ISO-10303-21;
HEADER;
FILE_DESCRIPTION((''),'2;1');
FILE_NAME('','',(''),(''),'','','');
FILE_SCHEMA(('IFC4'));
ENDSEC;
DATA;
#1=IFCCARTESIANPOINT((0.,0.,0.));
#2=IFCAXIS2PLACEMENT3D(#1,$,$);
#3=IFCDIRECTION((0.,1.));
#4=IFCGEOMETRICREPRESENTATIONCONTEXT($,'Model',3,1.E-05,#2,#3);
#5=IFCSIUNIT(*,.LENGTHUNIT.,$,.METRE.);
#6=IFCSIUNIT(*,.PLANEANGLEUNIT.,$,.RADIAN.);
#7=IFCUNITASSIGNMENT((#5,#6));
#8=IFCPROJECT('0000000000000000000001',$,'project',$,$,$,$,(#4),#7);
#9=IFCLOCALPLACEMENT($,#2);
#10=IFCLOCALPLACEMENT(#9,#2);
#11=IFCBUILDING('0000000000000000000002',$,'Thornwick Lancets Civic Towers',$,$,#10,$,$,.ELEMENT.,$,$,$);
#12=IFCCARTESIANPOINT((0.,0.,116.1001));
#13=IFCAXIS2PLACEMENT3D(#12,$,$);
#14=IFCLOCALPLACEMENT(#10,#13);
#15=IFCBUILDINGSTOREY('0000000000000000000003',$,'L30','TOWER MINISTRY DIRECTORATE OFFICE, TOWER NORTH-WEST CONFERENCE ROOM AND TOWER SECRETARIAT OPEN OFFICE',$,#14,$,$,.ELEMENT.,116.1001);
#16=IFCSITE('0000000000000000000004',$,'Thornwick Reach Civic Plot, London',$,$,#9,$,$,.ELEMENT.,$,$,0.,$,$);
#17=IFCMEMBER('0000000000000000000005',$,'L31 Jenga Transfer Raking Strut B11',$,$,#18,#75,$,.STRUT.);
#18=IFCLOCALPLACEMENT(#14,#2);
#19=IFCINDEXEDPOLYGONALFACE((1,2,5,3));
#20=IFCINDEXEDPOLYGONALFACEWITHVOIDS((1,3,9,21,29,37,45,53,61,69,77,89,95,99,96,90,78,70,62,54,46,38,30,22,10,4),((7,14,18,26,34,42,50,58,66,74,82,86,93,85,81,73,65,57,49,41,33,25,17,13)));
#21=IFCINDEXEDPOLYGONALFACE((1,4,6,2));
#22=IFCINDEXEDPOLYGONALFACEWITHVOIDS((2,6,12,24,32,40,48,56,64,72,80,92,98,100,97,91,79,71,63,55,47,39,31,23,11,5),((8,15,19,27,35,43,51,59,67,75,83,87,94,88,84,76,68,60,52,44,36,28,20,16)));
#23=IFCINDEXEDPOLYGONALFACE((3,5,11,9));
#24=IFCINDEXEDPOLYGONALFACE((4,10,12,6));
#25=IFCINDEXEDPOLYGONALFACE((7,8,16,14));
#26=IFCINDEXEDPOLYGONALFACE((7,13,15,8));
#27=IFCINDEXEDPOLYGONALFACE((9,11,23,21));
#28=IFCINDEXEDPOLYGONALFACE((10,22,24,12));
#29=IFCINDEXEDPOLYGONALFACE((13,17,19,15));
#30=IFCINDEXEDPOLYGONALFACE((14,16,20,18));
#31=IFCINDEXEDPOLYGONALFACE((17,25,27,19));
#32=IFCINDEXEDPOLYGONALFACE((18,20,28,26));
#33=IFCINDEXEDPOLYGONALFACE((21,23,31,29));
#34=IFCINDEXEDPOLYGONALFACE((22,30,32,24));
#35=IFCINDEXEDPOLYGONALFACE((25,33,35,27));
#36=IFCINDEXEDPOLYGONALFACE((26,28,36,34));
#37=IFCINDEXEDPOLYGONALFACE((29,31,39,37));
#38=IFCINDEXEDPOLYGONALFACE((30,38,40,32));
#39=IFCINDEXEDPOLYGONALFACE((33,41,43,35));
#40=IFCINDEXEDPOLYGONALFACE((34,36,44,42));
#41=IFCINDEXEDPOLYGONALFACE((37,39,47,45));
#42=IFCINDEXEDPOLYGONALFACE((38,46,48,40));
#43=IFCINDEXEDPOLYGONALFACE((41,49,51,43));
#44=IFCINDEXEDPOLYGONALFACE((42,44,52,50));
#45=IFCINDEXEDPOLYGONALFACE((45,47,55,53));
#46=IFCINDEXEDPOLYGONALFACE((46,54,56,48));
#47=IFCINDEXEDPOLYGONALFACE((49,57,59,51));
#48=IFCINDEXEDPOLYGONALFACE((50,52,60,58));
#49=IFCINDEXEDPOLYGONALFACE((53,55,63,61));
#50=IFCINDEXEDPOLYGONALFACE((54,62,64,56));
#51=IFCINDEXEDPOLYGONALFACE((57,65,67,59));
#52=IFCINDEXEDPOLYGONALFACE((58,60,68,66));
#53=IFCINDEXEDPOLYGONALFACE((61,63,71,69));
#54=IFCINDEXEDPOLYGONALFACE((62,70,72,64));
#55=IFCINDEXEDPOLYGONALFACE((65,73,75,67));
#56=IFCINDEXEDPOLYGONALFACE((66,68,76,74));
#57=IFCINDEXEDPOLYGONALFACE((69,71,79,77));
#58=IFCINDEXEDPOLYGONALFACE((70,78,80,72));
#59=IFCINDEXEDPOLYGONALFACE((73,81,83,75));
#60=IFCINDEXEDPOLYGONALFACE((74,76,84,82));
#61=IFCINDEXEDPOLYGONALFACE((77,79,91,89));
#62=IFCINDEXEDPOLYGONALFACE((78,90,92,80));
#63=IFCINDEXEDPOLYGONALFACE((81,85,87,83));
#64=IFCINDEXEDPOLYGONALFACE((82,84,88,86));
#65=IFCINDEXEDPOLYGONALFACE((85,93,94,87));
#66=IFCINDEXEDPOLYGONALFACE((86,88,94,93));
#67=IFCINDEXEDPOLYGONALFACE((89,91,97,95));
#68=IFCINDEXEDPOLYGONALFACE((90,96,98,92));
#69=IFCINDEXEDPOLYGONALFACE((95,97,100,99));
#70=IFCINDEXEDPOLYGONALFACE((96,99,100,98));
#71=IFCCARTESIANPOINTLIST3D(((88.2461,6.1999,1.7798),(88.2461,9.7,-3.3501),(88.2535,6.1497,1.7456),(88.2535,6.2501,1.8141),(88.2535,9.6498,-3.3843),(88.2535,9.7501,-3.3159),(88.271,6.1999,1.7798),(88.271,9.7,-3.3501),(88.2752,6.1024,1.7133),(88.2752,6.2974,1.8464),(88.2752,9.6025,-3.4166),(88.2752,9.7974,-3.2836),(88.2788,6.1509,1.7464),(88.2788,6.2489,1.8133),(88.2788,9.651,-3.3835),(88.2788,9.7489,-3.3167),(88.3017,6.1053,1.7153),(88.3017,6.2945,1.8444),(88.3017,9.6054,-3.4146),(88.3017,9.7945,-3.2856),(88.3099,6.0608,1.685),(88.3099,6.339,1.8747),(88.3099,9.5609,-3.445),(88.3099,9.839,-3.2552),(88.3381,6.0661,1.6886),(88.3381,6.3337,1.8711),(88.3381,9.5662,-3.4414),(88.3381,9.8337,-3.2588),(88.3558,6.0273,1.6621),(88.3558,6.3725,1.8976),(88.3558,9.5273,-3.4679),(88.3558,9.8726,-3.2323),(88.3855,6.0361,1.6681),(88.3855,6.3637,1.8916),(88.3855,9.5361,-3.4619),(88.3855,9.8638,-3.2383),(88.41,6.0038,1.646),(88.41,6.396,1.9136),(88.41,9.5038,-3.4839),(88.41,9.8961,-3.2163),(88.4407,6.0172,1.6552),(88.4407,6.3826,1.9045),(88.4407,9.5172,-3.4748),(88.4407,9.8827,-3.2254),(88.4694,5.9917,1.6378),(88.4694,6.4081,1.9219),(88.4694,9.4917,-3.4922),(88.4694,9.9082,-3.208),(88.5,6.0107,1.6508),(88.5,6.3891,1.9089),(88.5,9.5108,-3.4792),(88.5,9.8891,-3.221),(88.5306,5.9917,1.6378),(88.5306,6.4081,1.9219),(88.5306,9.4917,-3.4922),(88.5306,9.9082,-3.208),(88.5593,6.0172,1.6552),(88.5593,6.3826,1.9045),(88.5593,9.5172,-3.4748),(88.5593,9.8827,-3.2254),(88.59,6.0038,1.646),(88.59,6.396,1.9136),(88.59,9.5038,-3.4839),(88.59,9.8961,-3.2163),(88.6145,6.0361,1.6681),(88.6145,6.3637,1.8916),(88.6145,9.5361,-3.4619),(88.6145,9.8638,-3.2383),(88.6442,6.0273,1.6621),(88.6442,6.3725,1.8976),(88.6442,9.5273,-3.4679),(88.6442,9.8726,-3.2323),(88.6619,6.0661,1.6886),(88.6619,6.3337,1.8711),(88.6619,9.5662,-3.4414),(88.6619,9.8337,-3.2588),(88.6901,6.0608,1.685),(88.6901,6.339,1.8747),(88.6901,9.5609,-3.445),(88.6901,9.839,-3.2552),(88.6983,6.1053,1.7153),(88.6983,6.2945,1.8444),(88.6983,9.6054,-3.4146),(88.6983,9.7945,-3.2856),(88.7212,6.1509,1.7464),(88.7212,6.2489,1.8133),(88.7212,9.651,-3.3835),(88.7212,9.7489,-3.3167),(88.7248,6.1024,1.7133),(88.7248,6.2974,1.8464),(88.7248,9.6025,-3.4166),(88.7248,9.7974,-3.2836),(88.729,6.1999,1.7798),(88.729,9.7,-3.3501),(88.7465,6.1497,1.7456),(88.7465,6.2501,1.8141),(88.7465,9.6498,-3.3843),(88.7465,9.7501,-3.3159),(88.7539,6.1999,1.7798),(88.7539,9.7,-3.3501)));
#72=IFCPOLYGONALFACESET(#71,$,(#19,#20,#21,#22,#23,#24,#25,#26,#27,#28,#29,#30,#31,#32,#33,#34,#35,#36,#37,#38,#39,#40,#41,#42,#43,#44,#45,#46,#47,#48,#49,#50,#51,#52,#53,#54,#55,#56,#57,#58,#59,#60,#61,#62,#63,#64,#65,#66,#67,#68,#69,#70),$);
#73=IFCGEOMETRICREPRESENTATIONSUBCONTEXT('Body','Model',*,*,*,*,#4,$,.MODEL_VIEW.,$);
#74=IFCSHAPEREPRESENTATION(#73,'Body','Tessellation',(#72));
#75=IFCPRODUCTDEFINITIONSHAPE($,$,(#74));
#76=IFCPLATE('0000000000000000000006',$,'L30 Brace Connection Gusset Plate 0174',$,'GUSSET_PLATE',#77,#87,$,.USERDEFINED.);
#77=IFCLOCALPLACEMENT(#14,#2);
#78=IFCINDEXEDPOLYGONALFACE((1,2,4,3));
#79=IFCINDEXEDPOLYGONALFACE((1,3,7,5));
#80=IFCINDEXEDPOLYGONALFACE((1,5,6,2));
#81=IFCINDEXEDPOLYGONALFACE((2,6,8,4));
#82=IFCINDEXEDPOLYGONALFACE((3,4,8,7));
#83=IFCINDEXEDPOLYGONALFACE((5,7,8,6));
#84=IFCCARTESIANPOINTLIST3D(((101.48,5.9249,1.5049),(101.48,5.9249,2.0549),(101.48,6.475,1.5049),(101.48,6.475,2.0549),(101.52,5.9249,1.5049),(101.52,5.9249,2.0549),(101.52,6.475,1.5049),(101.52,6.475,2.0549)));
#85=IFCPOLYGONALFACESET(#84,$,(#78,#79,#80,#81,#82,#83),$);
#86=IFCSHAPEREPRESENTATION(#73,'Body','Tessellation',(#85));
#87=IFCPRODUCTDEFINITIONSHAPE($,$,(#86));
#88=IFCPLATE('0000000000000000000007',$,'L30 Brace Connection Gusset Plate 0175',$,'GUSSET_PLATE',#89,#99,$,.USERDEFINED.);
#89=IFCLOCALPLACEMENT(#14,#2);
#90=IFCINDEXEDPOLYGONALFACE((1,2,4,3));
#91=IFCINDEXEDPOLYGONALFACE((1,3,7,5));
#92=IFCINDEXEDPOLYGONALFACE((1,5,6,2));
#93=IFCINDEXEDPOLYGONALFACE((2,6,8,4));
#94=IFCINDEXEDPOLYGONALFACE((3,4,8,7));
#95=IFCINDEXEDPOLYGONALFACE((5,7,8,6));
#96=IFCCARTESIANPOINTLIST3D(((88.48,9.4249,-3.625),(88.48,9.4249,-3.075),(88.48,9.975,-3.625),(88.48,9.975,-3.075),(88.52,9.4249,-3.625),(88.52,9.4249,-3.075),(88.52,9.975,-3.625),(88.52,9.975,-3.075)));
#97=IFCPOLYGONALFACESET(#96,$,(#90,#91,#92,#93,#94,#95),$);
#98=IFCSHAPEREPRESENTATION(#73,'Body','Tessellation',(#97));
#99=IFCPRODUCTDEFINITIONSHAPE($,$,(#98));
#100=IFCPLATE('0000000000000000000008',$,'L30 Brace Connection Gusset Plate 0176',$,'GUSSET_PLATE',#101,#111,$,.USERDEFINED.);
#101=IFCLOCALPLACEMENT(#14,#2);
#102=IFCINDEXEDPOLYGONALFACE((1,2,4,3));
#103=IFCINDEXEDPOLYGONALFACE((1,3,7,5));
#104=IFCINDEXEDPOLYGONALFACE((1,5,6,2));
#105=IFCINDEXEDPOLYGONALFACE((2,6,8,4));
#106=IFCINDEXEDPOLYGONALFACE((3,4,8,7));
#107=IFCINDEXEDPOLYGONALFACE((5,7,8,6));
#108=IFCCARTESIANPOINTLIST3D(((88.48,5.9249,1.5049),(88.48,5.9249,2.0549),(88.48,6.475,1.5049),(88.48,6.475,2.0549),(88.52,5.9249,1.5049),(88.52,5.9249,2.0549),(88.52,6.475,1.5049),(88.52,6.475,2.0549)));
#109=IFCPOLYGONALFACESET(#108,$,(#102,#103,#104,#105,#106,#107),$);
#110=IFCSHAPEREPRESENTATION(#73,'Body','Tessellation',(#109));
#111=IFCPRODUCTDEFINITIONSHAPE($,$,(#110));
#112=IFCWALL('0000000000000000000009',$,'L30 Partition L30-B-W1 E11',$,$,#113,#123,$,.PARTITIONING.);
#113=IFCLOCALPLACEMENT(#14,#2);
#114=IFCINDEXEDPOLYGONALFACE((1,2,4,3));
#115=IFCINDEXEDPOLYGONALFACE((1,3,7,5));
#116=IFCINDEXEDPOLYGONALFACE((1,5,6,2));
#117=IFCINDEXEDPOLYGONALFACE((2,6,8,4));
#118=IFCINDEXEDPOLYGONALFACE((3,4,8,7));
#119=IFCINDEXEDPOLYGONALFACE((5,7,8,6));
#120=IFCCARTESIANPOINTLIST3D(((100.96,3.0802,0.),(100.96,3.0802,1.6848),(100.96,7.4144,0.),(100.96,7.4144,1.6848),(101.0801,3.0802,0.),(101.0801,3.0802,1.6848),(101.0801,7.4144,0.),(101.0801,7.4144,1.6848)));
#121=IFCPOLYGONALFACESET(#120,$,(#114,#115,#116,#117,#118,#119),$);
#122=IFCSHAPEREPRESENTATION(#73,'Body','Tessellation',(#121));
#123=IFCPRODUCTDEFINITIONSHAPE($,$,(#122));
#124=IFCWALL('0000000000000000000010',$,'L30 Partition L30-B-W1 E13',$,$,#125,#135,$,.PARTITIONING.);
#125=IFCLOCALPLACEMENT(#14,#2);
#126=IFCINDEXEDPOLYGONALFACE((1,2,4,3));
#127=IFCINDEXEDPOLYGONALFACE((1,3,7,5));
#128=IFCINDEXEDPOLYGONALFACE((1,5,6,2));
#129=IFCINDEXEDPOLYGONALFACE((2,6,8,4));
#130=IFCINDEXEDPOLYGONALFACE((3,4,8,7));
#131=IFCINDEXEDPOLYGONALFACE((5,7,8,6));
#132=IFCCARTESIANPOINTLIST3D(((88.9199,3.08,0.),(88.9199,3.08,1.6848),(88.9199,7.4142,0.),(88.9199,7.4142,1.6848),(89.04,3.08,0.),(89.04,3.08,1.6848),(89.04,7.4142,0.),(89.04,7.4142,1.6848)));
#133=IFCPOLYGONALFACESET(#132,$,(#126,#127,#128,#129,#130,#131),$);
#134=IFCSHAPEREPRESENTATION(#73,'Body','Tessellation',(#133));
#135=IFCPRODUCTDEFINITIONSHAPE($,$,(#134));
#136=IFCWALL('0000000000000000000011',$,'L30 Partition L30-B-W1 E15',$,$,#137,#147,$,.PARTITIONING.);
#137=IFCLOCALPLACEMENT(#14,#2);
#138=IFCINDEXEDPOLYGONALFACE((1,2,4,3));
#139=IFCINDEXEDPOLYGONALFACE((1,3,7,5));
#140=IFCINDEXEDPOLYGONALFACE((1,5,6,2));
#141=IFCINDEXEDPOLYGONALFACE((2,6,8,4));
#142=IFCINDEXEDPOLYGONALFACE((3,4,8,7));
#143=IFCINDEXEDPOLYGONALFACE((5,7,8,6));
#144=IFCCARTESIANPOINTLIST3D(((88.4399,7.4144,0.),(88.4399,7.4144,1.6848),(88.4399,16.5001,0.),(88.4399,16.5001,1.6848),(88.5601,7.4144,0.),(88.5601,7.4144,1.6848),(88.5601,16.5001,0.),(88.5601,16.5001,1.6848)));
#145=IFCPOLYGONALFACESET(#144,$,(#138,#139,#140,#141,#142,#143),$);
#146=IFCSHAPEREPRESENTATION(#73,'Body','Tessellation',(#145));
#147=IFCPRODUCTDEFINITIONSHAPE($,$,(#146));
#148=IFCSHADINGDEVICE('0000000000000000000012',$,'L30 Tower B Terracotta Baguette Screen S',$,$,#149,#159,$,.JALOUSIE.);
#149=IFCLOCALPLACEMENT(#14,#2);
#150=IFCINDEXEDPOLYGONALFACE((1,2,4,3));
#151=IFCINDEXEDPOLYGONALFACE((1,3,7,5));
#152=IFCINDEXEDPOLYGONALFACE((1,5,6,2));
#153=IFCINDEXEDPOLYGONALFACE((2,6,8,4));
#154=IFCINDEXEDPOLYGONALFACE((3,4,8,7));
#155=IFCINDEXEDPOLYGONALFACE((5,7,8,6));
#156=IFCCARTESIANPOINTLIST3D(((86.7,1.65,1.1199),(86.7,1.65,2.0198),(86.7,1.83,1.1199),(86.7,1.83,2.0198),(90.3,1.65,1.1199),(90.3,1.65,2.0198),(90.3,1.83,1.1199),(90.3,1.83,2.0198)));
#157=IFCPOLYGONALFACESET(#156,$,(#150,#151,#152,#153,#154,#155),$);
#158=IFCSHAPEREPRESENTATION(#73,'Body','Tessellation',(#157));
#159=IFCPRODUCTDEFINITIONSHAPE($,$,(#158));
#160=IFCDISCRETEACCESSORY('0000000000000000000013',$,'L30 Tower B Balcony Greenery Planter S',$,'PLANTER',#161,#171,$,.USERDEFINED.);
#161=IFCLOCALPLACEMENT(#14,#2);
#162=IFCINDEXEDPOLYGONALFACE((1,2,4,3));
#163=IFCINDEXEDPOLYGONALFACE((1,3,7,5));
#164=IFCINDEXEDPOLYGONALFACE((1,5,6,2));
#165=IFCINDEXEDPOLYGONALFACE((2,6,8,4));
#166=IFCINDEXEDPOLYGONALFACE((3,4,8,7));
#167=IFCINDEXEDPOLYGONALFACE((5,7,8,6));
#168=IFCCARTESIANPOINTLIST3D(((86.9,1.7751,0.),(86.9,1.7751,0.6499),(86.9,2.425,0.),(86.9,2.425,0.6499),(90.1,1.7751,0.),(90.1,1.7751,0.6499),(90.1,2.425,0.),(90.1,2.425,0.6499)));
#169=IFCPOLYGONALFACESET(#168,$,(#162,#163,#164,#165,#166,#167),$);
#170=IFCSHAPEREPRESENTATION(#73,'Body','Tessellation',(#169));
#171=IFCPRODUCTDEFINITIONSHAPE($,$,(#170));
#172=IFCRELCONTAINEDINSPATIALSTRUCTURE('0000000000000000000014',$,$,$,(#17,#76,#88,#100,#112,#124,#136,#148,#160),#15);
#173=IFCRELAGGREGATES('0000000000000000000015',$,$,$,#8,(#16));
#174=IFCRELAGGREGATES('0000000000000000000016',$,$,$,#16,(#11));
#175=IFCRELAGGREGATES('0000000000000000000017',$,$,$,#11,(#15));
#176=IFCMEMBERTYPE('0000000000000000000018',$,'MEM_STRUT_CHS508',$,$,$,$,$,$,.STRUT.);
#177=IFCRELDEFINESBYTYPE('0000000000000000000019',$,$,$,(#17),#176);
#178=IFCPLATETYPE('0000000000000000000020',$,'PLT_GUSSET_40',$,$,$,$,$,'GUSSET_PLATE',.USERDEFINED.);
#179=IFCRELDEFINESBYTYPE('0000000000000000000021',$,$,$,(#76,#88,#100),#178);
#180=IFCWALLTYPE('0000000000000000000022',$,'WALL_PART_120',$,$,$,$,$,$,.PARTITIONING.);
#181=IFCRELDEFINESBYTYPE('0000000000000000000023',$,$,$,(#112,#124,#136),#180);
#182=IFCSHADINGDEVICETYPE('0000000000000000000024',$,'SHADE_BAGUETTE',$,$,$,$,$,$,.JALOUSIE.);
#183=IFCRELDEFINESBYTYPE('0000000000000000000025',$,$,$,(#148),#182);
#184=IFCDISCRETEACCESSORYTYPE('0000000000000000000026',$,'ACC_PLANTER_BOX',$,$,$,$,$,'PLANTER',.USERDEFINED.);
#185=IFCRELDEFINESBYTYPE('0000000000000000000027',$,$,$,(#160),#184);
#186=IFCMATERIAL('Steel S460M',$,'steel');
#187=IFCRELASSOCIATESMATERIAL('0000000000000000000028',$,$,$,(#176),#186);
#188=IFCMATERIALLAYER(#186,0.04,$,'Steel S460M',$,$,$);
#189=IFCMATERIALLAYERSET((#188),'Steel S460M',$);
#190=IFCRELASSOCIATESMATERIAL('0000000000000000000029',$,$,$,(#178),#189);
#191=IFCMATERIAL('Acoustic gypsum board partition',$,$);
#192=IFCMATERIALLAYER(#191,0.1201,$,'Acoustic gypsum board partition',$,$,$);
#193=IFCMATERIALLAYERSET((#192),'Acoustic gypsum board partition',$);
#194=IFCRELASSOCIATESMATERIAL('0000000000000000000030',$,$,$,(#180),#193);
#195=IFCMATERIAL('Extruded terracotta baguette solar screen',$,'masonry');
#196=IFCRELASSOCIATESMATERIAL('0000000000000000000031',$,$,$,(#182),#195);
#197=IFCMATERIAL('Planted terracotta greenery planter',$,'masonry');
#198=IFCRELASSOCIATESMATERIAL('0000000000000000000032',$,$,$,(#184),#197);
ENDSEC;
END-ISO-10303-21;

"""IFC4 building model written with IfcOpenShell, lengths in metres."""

from ifc_helpers import new_model, si_unit, direction, frame, frame_2d, origin, origin_2d, place, context, subcontext, project, spatial, rectangle, hollow_circle, extrude, material, layer, layer_set, material_profile, profile_set, type_object, element, save


model = new_model("IFC4")

# Units and contexts
model_context = context("Model", 3, precision=1e-05, world=origin(), true_north=direction((0.0, 1.0)))
body_context = subcontext(model_context, "Body", "Model", "MODEL_VIEW")
ifc_project = project(units=[si_unit("LENGTHUNIT", "METRE"), si_unit("PLANEANGLEUNIT", "RADIAN")], contexts=[model_context])

# Site, building, storey
site_placement = place(None, origin())
site = spatial("IfcSite", under=ifc_project, at=site_placement, Name="Thornwick Reach Civic Plot, London", CompositionType="ELEMENT", RefElevation=0.0)
building_placement = place(site_placement, origin())
building = spatial("IfcBuilding", under=site, at=building_placement, Name="Thornwick Lancets Civic Towers", CompositionType="ELEMENT")
storey_placement = place(building_placement, frame((0.0, 0.0, 116.1001)))
storey = spatial("IfcBuildingStorey", under=building, at=storey_placement, Name="L30", Description="TOWER MINISTRY DIRECTORATE OFFICE, TOWER NORTH-WEST CONFERENCE ROOM AND TOWER SECRETARIAT OPEN OFFICE", CompositionType="ELEMENT", Elevation=116.1001)

# Shared definitions
ifc_material_1 = material(Name="Steel S460M", Category="steel")

# Member
ifc_material_profile_1 = material_profile(ifc_material_1, hollow_circle(Radius=0.2539, WallThickness=0.0249, at=origin_2d()), Name="CHS 508x25")
ifc_profile_set_1 = profile_set([ifc_material_profile_1], Name="Steel S460M")
member_type = type_object("IfcMemberType", Name="MEM_STRUT_CHS508", PredefinedType="STRUT", material=ifc_profile_set_1)
member_placement = place(storey_placement, frame((88.5, 9.7, -3.3501), z_axis=(0.0, -0.563595, 0.826051), x_axis=(1.0, 0.0, 0.0)))
element("IfcMember", 1, at=member_placement, inside=storey, type_object=member_type, Name="L31 Jenga Transfer Raking Strut B11", PredefinedType="STRUT", context=body_context, shape_type="SweptSolid", body=[
    extrude(hollow_circle(Radius=0.2539, WallThickness=0.0249, at=origin_2d()), origin(), (0.0, 0.0, 1.0), 6.2102),
])

# Plates
ifc_layer_1 = layer(ifc_material_1, 0.04, Name="Steel S460M")
ifc_layer_set_1 = layer_set([ifc_layer_1], Name="Steel S460M")
plate_type = type_object("IfcPlateType", Name="PLT_GUSSET_40", ElementType="GUSSET_PLATE", PredefinedType="USERDEFINED", material=ifc_layer_set_1)
for number, where, z_axis, x_axis, name in (
    (2, (101.5, 6.2, 1.5049), (0.0, 0.0, 1.0), (0.0, -1.0, 0.0), "L30 Brace Connection Gusset Plate 0174"),
    (3, (88.5, 9.7, -3.625), (0.0, 0.0, 1.0), (0.0, -1.0, 0.0), "L30 Brace Connection Gusset Plate 0175"),
    (4, (88.5, 6.2, 1.5049), (0.0, 0.0, 1.0), (0.0, -1.0, 0.0), "L30 Brace Connection Gusset Plate 0176"),
):
    element("IfcPlate", number, at=place(storey_placement, frame(where, z_axis=z_axis, x_axis=x_axis)), inside=storey, type_object=plate_type, Name=name, ObjectType="GUSSET_PLATE", PredefinedType="USERDEFINED", context=body_context, shape_type="SweptSolid", body=[
        extrude(rectangle(XDim=0.55, YDim=0.04, at=origin_2d()), origin(), (0.0, 0.0, 1.0), 0.55),
    ])

# Walls
ifc_material_2 = material(Name="Acoustic gypsum board partition")
ifc_layer_2 = layer(ifc_material_2, 0.1201, Name="Acoustic gypsum board partition")
ifc_layer_set_2 = layer_set([ifc_layer_2], Name="Acoustic gypsum board partition")
wall_type = type_object("IfcWallType", Name="WALL_PART_120", PredefinedType="PARTITIONING", material=ifc_layer_set_2)
for number, where, z_axis, x_axis, name in (
    (5, (101.02, 7.4143, 0.0), (0.0, 0.0, 1.0), (0.0, -1.0, 0.0), "L30 Partition L30-B-W1 E11"),
    (6, (88.98, 3.0801, 0.0), (0.0, 0.0, 1.0), (0.0, 1.0, 0.0), "L30 Partition L30-B-W1 E13"),
):
    element("IfcWall", number, at=place(storey_placement, frame(where, z_axis=z_axis, x_axis=x_axis)), inside=storey, type_object=wall_type, Name=name, PredefinedType="PARTITIONING", context=body_context, shape_type="SweptSolid", body=[
        extrude(rectangle(XDim=4.3342, YDim=0.1201, at=frame_2d((2.167, 0.0))), origin(), (0.0, 0.0, 1.0), 1.6848),
    ])
wall_placement = place(storey_placement, frame((88.5, 7.4143, 0.0), z_axis=(0.0, 0.0, 1.0), x_axis=(0.0, 1.0, 0.0)))
element("IfcWall", 7, at=wall_placement, inside=storey, type_object=wall_type, Name="L30 Partition L30-B-W1 E15", PredefinedType="PARTITIONING", context=body_context, shape_type="SweptSolid", body=[
    extrude(rectangle(XDim=9.0857, YDim=0.1201, at=frame_2d((4.543, 0.0))), origin(), (0.0, 0.0, 1.0), 1.6848),
])

# Shading device
ifc_material_3 = material(Name="Extruded terracotta baguette solar screen", Category="masonry")
shading_device_type = type_object("IfcShadingDeviceType", Name="SHADE_BAGUETTE", PredefinedType="JALOUSIE", material=ifc_material_3)
shading_device_placement = place(storey_placement, frame((88.5, 1.74, 1.1199), z_axis=(0.0, 0.0, 1.0), x_axis=(1.0, 0.0, 0.0)))
element("IfcShadingDevice", 8, at=shading_device_placement, inside=storey, type_object=shading_device_type, Name="L30 Tower B Terracotta Baguette Screen S", PredefinedType="JALOUSIE", context=body_context, shape_type="SweptSolid", body=[
    extrude(rectangle(XDim=3.6001, YDim=0.1799, at=origin_2d()), origin(), (0.0, 0.0, 1.0), 0.8999),
])

# Discrete accessory
ifc_material_4 = material(Name="Planted terracotta greenery planter", Category="masonry")
discrete_accessory_type = type_object("IfcDiscreteAccessoryType", Name="ACC_PLANTER_BOX", ElementType="PLANTER", PredefinedType="USERDEFINED", material=ifc_material_4)
discrete_accessory_placement = place(storey_placement, frame((88.5, 2.1001, 0.0), z_axis=(0.0, 0.0, 1.0), x_axis=(1.0, 0.0, 0.0)))
element("IfcDiscreteAccessory", 9, at=discrete_accessory_placement, inside=storey, type_object=discrete_accessory_type, Name="L30 Tower B Balcony Greenery Planter S", ObjectType="PLANTER", PredefinedType="USERDEFINED", context=body_context, shape_type="SweptSolid", body=[
    extrude(rectangle(XDim=3.2, YDim=0.6499, at=origin_2d()), origin(), (0.0, 0.0, 1.0), 0.6499),
])

save(model, "model.ifc")
